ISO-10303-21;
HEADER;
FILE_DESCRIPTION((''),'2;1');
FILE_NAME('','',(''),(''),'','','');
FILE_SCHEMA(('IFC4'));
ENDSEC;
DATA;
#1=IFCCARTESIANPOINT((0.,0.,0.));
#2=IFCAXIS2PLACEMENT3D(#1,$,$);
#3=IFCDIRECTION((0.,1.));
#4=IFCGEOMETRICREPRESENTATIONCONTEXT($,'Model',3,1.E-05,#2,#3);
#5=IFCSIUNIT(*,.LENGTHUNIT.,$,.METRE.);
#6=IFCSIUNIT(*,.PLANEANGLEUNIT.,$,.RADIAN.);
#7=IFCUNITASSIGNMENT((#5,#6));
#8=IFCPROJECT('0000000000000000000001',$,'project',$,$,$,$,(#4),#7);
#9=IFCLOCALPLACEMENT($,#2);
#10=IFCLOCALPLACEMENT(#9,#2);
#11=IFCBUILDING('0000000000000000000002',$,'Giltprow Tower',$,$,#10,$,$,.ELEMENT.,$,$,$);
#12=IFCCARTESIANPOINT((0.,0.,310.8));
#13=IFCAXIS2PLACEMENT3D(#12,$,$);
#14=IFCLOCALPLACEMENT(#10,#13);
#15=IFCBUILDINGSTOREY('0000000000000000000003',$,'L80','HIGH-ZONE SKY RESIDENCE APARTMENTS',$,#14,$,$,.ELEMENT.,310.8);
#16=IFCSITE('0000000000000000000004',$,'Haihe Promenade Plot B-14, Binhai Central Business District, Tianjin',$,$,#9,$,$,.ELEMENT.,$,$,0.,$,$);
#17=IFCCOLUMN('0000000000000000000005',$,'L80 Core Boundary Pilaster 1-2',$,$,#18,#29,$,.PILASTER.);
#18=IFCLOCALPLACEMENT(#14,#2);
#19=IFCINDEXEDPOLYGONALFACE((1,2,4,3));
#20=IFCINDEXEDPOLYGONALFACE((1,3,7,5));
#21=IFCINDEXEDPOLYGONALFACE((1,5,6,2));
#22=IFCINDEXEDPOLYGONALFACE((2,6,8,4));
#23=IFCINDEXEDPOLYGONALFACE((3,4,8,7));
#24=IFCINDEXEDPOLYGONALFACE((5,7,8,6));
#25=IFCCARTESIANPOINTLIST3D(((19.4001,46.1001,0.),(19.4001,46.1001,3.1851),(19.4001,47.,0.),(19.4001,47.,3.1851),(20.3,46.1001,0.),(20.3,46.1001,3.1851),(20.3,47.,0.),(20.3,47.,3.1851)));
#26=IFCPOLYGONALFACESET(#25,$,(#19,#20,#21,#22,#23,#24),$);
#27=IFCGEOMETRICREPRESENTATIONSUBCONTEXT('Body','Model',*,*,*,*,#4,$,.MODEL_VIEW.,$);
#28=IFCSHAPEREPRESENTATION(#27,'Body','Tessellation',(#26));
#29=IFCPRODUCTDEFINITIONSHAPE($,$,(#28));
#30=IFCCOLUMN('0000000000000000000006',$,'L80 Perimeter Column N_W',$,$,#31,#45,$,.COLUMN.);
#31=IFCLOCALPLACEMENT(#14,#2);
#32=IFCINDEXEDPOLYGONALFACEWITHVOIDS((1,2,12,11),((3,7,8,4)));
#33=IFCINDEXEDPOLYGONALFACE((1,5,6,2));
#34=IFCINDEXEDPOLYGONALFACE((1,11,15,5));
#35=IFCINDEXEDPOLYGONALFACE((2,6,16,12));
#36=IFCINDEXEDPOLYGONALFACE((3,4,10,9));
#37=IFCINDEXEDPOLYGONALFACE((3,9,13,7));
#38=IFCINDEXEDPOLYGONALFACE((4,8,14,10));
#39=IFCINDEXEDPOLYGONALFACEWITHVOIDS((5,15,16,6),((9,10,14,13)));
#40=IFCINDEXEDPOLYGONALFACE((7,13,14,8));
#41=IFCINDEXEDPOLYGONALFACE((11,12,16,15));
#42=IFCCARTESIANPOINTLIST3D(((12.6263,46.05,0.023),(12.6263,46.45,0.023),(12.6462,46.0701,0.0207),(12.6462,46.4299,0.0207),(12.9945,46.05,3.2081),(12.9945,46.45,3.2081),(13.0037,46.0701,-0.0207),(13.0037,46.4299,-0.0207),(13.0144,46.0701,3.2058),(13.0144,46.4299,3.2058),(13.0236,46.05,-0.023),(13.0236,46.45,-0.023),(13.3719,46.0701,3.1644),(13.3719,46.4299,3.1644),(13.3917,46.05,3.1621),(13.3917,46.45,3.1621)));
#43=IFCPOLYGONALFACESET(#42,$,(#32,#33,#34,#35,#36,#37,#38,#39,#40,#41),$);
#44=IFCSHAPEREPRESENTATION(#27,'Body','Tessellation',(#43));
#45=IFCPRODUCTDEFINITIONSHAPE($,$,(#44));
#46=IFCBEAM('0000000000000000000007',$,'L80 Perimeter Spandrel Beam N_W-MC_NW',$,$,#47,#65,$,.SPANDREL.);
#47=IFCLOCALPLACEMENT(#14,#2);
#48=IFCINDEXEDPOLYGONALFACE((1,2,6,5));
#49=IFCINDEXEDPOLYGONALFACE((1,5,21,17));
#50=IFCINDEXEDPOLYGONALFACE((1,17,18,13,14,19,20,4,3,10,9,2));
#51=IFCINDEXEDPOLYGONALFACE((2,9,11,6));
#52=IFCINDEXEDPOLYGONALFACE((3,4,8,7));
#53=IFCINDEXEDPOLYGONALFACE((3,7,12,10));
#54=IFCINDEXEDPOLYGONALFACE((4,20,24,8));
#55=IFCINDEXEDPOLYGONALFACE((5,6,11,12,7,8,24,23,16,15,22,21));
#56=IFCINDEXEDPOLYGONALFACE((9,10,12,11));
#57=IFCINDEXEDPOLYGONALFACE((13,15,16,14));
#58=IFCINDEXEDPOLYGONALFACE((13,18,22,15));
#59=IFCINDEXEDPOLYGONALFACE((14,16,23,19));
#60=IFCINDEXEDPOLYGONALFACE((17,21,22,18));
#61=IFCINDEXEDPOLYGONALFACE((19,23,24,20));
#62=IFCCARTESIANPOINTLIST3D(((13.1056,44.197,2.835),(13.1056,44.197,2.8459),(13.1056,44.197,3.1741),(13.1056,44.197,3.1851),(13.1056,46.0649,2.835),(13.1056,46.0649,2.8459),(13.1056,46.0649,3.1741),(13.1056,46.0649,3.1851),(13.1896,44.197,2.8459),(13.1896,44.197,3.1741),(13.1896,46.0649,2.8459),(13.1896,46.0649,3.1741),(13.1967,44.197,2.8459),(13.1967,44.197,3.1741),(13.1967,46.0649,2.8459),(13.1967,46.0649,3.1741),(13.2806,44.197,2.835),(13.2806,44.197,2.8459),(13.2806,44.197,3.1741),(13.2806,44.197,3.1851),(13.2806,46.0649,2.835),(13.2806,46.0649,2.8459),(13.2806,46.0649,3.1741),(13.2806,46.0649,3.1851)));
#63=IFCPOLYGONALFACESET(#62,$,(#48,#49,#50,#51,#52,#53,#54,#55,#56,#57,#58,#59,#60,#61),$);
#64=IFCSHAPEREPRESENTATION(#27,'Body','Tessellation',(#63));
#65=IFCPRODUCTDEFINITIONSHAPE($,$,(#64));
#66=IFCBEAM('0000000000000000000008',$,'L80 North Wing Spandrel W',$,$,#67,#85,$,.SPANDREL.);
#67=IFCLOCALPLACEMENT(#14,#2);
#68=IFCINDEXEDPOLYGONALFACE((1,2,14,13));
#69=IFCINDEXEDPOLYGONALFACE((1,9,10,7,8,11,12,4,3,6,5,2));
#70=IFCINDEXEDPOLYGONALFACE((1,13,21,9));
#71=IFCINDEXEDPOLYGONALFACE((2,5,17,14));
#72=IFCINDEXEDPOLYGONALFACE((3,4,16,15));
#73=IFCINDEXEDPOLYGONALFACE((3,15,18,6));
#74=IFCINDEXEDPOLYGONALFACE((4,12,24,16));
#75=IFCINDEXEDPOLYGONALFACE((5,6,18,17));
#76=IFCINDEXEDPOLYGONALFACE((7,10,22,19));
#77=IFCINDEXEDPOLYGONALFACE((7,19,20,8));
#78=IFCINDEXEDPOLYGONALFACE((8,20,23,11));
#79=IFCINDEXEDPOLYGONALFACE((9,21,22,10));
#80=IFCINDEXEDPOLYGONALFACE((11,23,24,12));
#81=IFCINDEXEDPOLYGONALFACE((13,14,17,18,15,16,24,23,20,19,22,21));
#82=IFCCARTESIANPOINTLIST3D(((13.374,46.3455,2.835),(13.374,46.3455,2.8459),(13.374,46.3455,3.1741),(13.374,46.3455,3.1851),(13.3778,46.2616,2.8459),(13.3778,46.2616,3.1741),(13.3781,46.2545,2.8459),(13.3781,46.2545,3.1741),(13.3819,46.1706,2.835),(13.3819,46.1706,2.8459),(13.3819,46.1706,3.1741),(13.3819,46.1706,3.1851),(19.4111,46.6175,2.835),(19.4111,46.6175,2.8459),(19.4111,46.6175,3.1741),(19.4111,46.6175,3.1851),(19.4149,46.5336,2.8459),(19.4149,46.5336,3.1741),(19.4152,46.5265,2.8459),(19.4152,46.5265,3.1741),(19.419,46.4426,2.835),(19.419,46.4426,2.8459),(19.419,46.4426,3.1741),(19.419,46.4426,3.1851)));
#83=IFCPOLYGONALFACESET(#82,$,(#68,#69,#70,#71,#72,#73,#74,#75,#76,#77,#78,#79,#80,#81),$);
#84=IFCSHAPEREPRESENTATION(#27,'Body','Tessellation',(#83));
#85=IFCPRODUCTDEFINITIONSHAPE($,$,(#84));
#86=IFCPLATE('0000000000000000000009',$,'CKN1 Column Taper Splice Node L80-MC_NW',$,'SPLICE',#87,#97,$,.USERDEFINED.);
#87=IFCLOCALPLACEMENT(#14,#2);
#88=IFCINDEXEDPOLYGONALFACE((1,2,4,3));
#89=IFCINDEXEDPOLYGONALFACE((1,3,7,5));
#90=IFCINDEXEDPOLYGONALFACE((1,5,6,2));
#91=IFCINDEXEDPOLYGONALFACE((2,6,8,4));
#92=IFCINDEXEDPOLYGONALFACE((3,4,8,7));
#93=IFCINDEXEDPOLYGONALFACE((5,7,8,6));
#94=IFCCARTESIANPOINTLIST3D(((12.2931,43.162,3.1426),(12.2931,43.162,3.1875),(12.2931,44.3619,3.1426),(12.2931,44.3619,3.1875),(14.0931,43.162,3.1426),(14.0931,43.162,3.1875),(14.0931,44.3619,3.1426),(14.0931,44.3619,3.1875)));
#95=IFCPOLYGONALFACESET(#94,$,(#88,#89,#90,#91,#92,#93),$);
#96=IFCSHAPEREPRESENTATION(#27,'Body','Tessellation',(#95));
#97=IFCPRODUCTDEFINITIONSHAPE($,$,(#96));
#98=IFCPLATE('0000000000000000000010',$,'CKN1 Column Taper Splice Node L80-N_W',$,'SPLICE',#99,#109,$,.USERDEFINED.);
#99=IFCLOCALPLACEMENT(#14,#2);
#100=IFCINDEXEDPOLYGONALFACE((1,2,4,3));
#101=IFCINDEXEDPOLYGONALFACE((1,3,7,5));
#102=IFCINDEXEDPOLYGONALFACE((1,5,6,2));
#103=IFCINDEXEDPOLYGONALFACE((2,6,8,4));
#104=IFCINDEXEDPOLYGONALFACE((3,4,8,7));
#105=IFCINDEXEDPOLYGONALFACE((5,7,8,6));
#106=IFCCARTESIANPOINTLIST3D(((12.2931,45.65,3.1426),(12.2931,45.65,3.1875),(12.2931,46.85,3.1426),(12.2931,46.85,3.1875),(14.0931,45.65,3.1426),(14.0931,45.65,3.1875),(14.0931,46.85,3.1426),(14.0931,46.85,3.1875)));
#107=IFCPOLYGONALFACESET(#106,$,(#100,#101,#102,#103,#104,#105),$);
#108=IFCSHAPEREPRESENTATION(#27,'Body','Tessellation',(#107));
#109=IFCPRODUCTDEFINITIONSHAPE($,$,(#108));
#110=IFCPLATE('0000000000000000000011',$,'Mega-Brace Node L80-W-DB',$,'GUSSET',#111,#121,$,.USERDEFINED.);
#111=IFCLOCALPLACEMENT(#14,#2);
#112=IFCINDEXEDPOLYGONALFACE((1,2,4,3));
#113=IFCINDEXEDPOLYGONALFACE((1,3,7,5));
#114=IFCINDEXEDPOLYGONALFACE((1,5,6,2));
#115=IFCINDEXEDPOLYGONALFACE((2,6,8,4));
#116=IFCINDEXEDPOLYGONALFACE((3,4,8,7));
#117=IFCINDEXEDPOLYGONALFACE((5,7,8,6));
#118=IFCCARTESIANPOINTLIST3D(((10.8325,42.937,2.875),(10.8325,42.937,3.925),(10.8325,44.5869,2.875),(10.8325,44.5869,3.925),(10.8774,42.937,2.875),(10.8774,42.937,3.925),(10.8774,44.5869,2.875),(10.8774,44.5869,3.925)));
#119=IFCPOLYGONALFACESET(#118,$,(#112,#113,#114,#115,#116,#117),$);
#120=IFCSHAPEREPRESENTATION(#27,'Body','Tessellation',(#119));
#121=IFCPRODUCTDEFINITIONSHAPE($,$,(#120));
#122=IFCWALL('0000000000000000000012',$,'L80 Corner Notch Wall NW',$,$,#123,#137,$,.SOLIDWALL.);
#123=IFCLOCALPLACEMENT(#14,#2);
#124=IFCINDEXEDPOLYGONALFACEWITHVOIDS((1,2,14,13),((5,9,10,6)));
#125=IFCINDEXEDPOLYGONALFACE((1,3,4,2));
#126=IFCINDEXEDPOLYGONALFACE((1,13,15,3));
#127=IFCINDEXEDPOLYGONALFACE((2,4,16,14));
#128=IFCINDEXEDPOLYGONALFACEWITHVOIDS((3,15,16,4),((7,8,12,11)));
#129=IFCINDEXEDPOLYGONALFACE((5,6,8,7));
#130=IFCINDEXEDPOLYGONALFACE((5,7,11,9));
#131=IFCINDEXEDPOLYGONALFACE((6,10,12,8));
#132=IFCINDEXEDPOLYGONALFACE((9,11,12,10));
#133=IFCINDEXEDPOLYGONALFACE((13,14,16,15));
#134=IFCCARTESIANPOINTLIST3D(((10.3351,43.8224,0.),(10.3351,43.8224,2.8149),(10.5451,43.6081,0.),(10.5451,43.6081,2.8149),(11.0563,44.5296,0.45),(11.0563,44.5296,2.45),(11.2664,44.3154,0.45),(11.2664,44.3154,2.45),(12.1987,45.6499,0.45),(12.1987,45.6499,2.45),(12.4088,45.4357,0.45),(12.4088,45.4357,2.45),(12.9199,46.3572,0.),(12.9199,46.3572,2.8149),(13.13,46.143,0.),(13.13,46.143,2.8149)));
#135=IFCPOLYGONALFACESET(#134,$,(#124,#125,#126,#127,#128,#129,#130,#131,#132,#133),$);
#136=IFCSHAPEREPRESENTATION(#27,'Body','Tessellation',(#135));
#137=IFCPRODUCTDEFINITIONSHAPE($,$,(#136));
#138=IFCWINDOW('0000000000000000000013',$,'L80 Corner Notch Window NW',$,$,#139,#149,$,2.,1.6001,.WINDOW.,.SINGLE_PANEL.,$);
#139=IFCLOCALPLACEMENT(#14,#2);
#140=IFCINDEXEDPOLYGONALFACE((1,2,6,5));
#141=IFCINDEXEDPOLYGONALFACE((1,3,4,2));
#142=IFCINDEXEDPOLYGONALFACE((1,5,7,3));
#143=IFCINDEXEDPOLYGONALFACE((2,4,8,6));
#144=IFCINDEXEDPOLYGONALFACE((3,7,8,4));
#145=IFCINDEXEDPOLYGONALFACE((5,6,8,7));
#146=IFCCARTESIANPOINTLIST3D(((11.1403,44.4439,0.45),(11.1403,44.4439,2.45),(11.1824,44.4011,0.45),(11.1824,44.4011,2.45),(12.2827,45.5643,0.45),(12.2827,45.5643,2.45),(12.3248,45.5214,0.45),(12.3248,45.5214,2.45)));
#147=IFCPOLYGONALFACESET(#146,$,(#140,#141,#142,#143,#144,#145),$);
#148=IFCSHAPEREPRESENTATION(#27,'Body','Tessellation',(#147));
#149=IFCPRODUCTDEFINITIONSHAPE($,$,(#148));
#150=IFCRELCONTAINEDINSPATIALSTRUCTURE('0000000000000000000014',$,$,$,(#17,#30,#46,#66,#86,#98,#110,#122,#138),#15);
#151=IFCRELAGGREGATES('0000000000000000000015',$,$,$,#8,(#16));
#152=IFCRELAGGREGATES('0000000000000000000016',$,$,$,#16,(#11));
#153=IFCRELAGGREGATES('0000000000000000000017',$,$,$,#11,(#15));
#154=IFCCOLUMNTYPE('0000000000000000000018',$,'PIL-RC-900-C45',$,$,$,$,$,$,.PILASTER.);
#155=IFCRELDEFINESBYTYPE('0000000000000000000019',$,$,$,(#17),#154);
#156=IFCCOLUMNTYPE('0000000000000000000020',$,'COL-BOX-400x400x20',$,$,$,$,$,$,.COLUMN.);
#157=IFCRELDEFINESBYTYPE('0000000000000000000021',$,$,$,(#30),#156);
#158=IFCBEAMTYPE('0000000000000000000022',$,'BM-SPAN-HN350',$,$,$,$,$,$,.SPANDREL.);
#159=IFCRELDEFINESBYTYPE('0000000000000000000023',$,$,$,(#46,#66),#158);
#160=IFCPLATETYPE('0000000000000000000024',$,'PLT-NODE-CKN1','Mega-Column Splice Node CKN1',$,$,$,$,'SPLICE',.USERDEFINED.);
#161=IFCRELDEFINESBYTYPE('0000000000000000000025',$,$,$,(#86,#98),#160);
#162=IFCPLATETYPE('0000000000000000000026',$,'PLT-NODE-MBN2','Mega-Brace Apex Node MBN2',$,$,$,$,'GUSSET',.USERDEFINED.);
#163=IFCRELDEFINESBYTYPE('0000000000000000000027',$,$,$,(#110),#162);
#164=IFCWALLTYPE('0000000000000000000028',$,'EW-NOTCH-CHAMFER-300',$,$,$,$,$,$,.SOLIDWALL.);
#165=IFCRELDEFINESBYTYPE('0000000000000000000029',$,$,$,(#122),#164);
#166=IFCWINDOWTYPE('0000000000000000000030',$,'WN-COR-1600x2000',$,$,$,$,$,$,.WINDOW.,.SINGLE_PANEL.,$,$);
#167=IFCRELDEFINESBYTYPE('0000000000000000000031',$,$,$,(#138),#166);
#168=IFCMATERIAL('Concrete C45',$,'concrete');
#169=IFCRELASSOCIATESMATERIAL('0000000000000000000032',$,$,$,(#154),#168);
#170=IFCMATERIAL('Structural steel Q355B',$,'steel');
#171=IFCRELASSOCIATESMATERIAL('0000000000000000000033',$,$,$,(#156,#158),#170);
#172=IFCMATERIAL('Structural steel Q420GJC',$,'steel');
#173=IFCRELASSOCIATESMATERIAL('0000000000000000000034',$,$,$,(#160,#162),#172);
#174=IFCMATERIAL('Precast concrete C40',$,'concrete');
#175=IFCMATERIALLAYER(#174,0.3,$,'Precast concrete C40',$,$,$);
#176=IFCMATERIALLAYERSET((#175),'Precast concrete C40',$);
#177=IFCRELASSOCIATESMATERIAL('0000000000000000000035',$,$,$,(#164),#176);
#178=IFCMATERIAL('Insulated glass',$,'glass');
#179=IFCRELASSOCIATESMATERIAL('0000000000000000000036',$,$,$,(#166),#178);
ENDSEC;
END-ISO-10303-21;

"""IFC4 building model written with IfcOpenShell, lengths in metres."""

from ifc_helpers import new_model, si_unit, direction, frame, frame_2d, origin, origin_2d, place, context, subcontext, project, spatial, rectangle, hollow_rectangle, i_section, extrude, source, transform, mapped, material, layer, layer_set, material_profile, profile_set, type_object, element, fill, save


model = new_model("IFC4")

# Units and contexts
model_context = context("Model", 3, precision=1e-05, world=origin(), true_north=direction((0.0, 1.0)))
body_context = subcontext(model_context, "Body", "Model", "MODEL_VIEW")
ifc_project = project(units=[si_unit("LENGTHUNIT", "METRE"), si_unit("PLANEANGLEUNIT", "RADIAN")], contexts=[model_context])

# Site, building, storey
site_placement = place(None, origin())
site = spatial("IfcSite", under=ifc_project, at=site_placement, Name="Haihe Promenade Plot B-14, Binhai Central Business District, Tianjin", CompositionType="ELEMENT", RefElevation=0.0)
building_placement = place(site_placement, origin())
building = spatial("IfcBuilding", under=site, at=building_placement, Name="Giltprow Tower", CompositionType="ELEMENT")
storey_placement = place(building_placement, frame((0.0, 0.0, 310.8)))
storey = spatial("IfcBuildingStorey", under=building, at=storey_placement, Name="L80", Description="HIGH-ZONE SKY RESIDENCE APARTMENTS", CompositionType="ELEMENT", Elevation=310.8)

# Columns
ifc_material_1 = material(Name="Concrete C45", Category="concrete")
ifc_material_profile_1 = material_profile(ifc_material_1, rectangle(XDim=0.8999, YDim=0.8999, at=origin_2d()), Name="RC 900x900")
ifc_profile_set_1 = profile_set([ifc_material_profile_1], Name="Concrete C45")
column_type_1 = type_object("IfcColumnType", Name="PIL-RC-900-C45", PredefinedType="PILASTER", material=ifc_profile_set_1)
shared_shape_1 = source(origin(), body_context, "Body", "SweptSolid", [
    extrude(rectangle(XDim=0.8999, YDim=0.8999, at=origin_2d()), origin(), (0.0, 0.0, 1.0), 3.1851),
])
column_1_placement = place(storey_placement, frame((19.8501, 46.55, 0.0), z_axis=(0.0, 0.0, 1.0), x_axis=(1.0, 0.0, 0.0)))
element("IfcColumn", 1, at=column_1_placement, inside=storey, type_object=column_type_1, Name="L80 Core Boundary Pilaster 1-2", PredefinedType="PILASTER", context=body_context, shape_type="MappedRepresentation", body=[
    mapped(shared_shape_1, transform((0.0, 0.0, 0.0), x_axis=(1.0, 0.0, 0.0), y_axis=(0.0, 1.0, 0.0), z_axis=(0.0, 0.0, 1.0), scale=1.0)),
])
ifc_material_2 = material(Name="Structural steel Q355B", Category="steel")
ifc_material_profile_2 = material_profile(ifc_material_2, hollow_rectangle(XDim=0.3999, YDim=0.3999, WallThickness=0.02, at=origin_2d()), Name="BOX 400x400x20")
ifc_profile_set_2 = profile_set([ifc_material_profile_2], Name="Structural steel Q355B")
column_type_2 = type_object("IfcColumnType", Name="COL-BOX-400x400x20", PredefinedType="COLUMN", material=ifc_profile_set_2)
shared_shape_2 = source(origin(), body_context, "Body", "SweptSolid", [
    extrude(hollow_rectangle(XDim=0.3999, YDim=0.3999, WallThickness=0.02, at=origin_2d()), origin(), (0.0, 0.0, 1.0), 3.2063),
])
column_2_placement = place(storey_placement, frame((12.825, 46.25, 0.0), z_axis=(0.114826, 0.0, 0.993386), x_axis=(0.0, 1.0, 0.0)))
element("IfcColumn", 2, at=column_2_placement, inside=storey, type_object=column_type_2, Name="L80 Perimeter Column N_W", PredefinedType="COLUMN", context=body_context, shape_type="MappedRepresentation", body=[
    mapped(shared_shape_2, transform((0.0, 0.0, 0.0), x_axis=(1.0, 0.0, 0.0), y_axis=(0.0, 1.0, 0.0), z_axis=(0.0, 0.0, 1.0), scale=1.0)),
])

# Beams
ifc_material_profile_3 = material_profile(ifc_material_2, i_section(OverallWidth=0.175, OverallDepth=0.3501, WebThickness=0.0071, FlangeThickness=0.011, at=origin_2d()), Name="HN 350x175x7x11")
ifc_profile_set_3 = profile_set([ifc_material_profile_3], Name="Structural steel Q355B")
beam_type = type_object("IfcBeamType", Name="BM-SPAN-HN350", PredefinedType="SPANDREL", material=ifc_profile_set_3)
shared_shape_3 = source(origin(), body_context, "Body", "SweptSolid", [
    extrude(i_section(OverallWidth=0.175, OverallDepth=0.3501, WebThickness=0.0071, FlangeThickness=0.011, at=origin_2d()), origin(), (0.0, 0.0, 1.0), 1.8679),
])
beam_1_placement = place(storey_placement, frame((13.1931, 46.0649, 3.01), z_axis=(0.0, -1.0, 0.0), x_axis=(1.0, 0.0, 0.0)))
element("IfcBeam", 3, at=beam_1_placement, inside=storey, type_object=beam_type, Name="L80 Perimeter Spandrel Beam N_W-MC_NW", PredefinedType="SPANDREL", context=body_context, shape_type="MappedRepresentation", body=[
    mapped(shared_shape_3, transform((0.0, 0.0, 0.0), x_axis=(1.0, 0.0, 0.0), y_axis=(0.0, 1.0, 0.0), z_axis=(0.0, 0.0, 1.0), scale=1.0)),
])
shared_shape_4 = source(origin(), body_context, "Body", "SweptSolid", [
    extrude(i_section(OverallWidth=0.175, OverallDepth=0.3501, WebThickness=0.0071, FlangeThickness=0.011, at=origin_2d()), origin(), (0.0, 0.0, 1.0), 6.0432),
])
beam_2_placement = place(storey_placement, frame((13.3779, 46.2581, 3.01), z_axis=(0.998987, 0.045005, 0.0), x_axis=(-0.045005, 0.998987, 0.0)))
element("IfcBeam", 4, at=beam_2_placement, inside=storey, type_object=beam_type, Name="L80 North Wing Spandrel W", PredefinedType="SPANDREL", context=body_context, shape_type="MappedRepresentation", body=[
    mapped(shared_shape_4, transform((0.0, 0.0, 0.0), x_axis=(1.0, 0.0, 0.0), y_axis=(0.0, 1.0, 0.0), z_axis=(0.0, 0.0, 1.0), scale=1.0)),
])

# Plates
ifc_material_3 = material(Name="Structural steel Q420GJC", Category="steel")
plate_type_1 = type_object("IfcPlateType", Name="PLT-NODE-CKN1", Description="Mega-Column Splice Node CKN1", ElementType="SPLICE", PredefinedType="USERDEFINED", material=ifc_material_3)
shared_shape_5 = source(origin(), body_context, "Body", "SweptSolid", [
    extrude(rectangle(XDim=1.8, YDim=1.2, at=origin_2d()), origin(), (0.0, 0.0, 1.0), 0.0449),
])
for number, where, z_axis, x_axis, name in (
    (5, (13.1931, 43.762, 3.1426), (0.0, 0.0, 1.0), (1.0, 0.0, 0.0), "CKN1 Column Taper Splice Node L80-MC_NW"),
    (6, (13.1931, 46.25, 3.1426), (0.0, 0.0, 1.0), (1.0, 0.0, 0.0), "CKN1 Column Taper Splice Node L80-N_W"),
):
    element("IfcPlate", number, at=place(storey_placement, frame(where, z_axis=z_axis, x_axis=x_axis)), inside=storey, type_object=plate_type_1, Name=name, ObjectType="SPLICE", PredefinedType="USERDEFINED", context=body_context, shape_type="MappedRepresentation", body=[
        mapped(shared_shape_5, transform((0.0, 0.0, 0.0), x_axis=(1.0, 0.0, 0.0), y_axis=(0.0, 1.0, 0.0), z_axis=(0.0, 0.0, 1.0), scale=1.0)),
    ])
plate_type_2 = type_object("IfcPlateType", Name="PLT-NODE-MBN2", Description="Mega-Brace Apex Node MBN2", ElementType="GUSSET", PredefinedType="USERDEFINED", material=ifc_material_3)
shared_shape_6 = source(origin(), body_context, "Body", "SweptSolid", [
    extrude(rectangle(XDim=1.6499, YDim=0.0449, at=origin_2d()), origin(), (0.0, 0.0, 1.0), 1.05),
])
plate_placement = place(storey_placement, frame((10.855, 43.762, 2.875), z_axis=(0.0, 0.0, 1.0), x_axis=(0.0, 1.0, 0.0)))
element("IfcPlate", 7, at=plate_placement, inside=storey, type_object=plate_type_2, Name="Mega-Brace Node L80-W-DB", ObjectType="GUSSET", PredefinedType="USERDEFINED", context=body_context, shape_type="MappedRepresentation", body=[
    mapped(shared_shape_6, transform((0.0, 0.0, 0.0), x_axis=(1.0, 0.0, 0.0), y_axis=(0.0, 1.0, 0.0), z_axis=(0.0, 0.0, 1.0), scale=1.0)),
])

# Wall, opening, window
ifc_material_4 = material(Name="Precast concrete C40", Category="concrete")
ifc_layer_1 = layer(ifc_material_4, 0.3, Name="Precast concrete C40")
ifc_layer_set_1 = layer_set([ifc_layer_1], Name="Precast concrete C40")
wall_type_1 = type_object("IfcWallType", Name="EW-NOTCH-CHAMFER-300", PredefinedType="SOLIDWALL", material=ifc_layer_set_1)
wall_1_placement = place(storey_placement, frame((13.0249, 46.25, 0.0), z_axis=(0.0, 0.0, 1.0), x_axis=(-0.713985, -0.700161, 0.0)))
wall_1 = element("IfcWall", 8, at=wall_1_placement, inside=storey, type_object=wall_type_1, Name="L80 Corner Notch Wall NW", PredefinedType="SOLIDWALL", context=body_context, shape_type="SweptSolid", body=[
    extrude(rectangle(XDim=3.6204, YDim=0.3, at=frame_2d((1.8101, 0.0))), origin(), (0.0, 0.0, 1.0), 2.8149),
])
opening_1_placement = place(wall_1_placement, frame((1.01, 0.0, 0.45)))
opening_1 = element("IfcOpeningElement", 9, at=opening_1_placement, cuts=wall_1, PredefinedType="OPENING", context=body_context, shape_type="SweptSolid", body=[
    extrude(rectangle(XDim=1.6001, YDim=2.0, at=frame_2d((0.8, 1.0))), frame((0.0, 0.1599, 0.0), z_axis=(0.0, -1.0, 0.0), x_axis=(1.0, 0.0, 0.0)), (0.0, 0.0, 1.0), 0.3201),
])
ifc_material_5 = material(Name="Insulated glass", Category="glass")
window_type = type_object("IfcWindowType", Name="WN-COR-1600x2000", PartitioningType="SINGLE_PANEL", PredefinedType="WINDOW", material=ifc_material_5)
shared_shape_7 = source(origin(), body_context, "Body", "SweptSolid", [
    extrude(rectangle(XDim=1.6001, YDim=2.0, at=frame_2d((0.8, 1.0))), frame((0.0, 0.03, 0.0), z_axis=(0.0, -1.0, 0.0), x_axis=(1.0, 0.0, 0.0)), (0.0, 0.0, 1.0), 0.0601),
])
window_1_placement = place(opening_1_placement, origin())
window_1 = element("IfcWindow", 10, at=window_1_placement, inside=storey, type_object=window_type, Name="L80 Corner Notch Window NW", OverallHeight=2.0, OverallWidth=1.6001, PartitioningType="SINGLE_PANEL", PredefinedType="WINDOW", context=body_context, shape_type="MappedRepresentation", body=[
    mapped(shared_shape_7, transform((0.0, 0.0, 0.0), x_axis=(1.0, 0.0, 0.0), y_axis=(0.0, 1.0, 0.0), z_axis=(0.0, 0.0, 1.0), scale=1.0)),
])
fill(opening_1, window_1)

save(model, "model.ifc")
